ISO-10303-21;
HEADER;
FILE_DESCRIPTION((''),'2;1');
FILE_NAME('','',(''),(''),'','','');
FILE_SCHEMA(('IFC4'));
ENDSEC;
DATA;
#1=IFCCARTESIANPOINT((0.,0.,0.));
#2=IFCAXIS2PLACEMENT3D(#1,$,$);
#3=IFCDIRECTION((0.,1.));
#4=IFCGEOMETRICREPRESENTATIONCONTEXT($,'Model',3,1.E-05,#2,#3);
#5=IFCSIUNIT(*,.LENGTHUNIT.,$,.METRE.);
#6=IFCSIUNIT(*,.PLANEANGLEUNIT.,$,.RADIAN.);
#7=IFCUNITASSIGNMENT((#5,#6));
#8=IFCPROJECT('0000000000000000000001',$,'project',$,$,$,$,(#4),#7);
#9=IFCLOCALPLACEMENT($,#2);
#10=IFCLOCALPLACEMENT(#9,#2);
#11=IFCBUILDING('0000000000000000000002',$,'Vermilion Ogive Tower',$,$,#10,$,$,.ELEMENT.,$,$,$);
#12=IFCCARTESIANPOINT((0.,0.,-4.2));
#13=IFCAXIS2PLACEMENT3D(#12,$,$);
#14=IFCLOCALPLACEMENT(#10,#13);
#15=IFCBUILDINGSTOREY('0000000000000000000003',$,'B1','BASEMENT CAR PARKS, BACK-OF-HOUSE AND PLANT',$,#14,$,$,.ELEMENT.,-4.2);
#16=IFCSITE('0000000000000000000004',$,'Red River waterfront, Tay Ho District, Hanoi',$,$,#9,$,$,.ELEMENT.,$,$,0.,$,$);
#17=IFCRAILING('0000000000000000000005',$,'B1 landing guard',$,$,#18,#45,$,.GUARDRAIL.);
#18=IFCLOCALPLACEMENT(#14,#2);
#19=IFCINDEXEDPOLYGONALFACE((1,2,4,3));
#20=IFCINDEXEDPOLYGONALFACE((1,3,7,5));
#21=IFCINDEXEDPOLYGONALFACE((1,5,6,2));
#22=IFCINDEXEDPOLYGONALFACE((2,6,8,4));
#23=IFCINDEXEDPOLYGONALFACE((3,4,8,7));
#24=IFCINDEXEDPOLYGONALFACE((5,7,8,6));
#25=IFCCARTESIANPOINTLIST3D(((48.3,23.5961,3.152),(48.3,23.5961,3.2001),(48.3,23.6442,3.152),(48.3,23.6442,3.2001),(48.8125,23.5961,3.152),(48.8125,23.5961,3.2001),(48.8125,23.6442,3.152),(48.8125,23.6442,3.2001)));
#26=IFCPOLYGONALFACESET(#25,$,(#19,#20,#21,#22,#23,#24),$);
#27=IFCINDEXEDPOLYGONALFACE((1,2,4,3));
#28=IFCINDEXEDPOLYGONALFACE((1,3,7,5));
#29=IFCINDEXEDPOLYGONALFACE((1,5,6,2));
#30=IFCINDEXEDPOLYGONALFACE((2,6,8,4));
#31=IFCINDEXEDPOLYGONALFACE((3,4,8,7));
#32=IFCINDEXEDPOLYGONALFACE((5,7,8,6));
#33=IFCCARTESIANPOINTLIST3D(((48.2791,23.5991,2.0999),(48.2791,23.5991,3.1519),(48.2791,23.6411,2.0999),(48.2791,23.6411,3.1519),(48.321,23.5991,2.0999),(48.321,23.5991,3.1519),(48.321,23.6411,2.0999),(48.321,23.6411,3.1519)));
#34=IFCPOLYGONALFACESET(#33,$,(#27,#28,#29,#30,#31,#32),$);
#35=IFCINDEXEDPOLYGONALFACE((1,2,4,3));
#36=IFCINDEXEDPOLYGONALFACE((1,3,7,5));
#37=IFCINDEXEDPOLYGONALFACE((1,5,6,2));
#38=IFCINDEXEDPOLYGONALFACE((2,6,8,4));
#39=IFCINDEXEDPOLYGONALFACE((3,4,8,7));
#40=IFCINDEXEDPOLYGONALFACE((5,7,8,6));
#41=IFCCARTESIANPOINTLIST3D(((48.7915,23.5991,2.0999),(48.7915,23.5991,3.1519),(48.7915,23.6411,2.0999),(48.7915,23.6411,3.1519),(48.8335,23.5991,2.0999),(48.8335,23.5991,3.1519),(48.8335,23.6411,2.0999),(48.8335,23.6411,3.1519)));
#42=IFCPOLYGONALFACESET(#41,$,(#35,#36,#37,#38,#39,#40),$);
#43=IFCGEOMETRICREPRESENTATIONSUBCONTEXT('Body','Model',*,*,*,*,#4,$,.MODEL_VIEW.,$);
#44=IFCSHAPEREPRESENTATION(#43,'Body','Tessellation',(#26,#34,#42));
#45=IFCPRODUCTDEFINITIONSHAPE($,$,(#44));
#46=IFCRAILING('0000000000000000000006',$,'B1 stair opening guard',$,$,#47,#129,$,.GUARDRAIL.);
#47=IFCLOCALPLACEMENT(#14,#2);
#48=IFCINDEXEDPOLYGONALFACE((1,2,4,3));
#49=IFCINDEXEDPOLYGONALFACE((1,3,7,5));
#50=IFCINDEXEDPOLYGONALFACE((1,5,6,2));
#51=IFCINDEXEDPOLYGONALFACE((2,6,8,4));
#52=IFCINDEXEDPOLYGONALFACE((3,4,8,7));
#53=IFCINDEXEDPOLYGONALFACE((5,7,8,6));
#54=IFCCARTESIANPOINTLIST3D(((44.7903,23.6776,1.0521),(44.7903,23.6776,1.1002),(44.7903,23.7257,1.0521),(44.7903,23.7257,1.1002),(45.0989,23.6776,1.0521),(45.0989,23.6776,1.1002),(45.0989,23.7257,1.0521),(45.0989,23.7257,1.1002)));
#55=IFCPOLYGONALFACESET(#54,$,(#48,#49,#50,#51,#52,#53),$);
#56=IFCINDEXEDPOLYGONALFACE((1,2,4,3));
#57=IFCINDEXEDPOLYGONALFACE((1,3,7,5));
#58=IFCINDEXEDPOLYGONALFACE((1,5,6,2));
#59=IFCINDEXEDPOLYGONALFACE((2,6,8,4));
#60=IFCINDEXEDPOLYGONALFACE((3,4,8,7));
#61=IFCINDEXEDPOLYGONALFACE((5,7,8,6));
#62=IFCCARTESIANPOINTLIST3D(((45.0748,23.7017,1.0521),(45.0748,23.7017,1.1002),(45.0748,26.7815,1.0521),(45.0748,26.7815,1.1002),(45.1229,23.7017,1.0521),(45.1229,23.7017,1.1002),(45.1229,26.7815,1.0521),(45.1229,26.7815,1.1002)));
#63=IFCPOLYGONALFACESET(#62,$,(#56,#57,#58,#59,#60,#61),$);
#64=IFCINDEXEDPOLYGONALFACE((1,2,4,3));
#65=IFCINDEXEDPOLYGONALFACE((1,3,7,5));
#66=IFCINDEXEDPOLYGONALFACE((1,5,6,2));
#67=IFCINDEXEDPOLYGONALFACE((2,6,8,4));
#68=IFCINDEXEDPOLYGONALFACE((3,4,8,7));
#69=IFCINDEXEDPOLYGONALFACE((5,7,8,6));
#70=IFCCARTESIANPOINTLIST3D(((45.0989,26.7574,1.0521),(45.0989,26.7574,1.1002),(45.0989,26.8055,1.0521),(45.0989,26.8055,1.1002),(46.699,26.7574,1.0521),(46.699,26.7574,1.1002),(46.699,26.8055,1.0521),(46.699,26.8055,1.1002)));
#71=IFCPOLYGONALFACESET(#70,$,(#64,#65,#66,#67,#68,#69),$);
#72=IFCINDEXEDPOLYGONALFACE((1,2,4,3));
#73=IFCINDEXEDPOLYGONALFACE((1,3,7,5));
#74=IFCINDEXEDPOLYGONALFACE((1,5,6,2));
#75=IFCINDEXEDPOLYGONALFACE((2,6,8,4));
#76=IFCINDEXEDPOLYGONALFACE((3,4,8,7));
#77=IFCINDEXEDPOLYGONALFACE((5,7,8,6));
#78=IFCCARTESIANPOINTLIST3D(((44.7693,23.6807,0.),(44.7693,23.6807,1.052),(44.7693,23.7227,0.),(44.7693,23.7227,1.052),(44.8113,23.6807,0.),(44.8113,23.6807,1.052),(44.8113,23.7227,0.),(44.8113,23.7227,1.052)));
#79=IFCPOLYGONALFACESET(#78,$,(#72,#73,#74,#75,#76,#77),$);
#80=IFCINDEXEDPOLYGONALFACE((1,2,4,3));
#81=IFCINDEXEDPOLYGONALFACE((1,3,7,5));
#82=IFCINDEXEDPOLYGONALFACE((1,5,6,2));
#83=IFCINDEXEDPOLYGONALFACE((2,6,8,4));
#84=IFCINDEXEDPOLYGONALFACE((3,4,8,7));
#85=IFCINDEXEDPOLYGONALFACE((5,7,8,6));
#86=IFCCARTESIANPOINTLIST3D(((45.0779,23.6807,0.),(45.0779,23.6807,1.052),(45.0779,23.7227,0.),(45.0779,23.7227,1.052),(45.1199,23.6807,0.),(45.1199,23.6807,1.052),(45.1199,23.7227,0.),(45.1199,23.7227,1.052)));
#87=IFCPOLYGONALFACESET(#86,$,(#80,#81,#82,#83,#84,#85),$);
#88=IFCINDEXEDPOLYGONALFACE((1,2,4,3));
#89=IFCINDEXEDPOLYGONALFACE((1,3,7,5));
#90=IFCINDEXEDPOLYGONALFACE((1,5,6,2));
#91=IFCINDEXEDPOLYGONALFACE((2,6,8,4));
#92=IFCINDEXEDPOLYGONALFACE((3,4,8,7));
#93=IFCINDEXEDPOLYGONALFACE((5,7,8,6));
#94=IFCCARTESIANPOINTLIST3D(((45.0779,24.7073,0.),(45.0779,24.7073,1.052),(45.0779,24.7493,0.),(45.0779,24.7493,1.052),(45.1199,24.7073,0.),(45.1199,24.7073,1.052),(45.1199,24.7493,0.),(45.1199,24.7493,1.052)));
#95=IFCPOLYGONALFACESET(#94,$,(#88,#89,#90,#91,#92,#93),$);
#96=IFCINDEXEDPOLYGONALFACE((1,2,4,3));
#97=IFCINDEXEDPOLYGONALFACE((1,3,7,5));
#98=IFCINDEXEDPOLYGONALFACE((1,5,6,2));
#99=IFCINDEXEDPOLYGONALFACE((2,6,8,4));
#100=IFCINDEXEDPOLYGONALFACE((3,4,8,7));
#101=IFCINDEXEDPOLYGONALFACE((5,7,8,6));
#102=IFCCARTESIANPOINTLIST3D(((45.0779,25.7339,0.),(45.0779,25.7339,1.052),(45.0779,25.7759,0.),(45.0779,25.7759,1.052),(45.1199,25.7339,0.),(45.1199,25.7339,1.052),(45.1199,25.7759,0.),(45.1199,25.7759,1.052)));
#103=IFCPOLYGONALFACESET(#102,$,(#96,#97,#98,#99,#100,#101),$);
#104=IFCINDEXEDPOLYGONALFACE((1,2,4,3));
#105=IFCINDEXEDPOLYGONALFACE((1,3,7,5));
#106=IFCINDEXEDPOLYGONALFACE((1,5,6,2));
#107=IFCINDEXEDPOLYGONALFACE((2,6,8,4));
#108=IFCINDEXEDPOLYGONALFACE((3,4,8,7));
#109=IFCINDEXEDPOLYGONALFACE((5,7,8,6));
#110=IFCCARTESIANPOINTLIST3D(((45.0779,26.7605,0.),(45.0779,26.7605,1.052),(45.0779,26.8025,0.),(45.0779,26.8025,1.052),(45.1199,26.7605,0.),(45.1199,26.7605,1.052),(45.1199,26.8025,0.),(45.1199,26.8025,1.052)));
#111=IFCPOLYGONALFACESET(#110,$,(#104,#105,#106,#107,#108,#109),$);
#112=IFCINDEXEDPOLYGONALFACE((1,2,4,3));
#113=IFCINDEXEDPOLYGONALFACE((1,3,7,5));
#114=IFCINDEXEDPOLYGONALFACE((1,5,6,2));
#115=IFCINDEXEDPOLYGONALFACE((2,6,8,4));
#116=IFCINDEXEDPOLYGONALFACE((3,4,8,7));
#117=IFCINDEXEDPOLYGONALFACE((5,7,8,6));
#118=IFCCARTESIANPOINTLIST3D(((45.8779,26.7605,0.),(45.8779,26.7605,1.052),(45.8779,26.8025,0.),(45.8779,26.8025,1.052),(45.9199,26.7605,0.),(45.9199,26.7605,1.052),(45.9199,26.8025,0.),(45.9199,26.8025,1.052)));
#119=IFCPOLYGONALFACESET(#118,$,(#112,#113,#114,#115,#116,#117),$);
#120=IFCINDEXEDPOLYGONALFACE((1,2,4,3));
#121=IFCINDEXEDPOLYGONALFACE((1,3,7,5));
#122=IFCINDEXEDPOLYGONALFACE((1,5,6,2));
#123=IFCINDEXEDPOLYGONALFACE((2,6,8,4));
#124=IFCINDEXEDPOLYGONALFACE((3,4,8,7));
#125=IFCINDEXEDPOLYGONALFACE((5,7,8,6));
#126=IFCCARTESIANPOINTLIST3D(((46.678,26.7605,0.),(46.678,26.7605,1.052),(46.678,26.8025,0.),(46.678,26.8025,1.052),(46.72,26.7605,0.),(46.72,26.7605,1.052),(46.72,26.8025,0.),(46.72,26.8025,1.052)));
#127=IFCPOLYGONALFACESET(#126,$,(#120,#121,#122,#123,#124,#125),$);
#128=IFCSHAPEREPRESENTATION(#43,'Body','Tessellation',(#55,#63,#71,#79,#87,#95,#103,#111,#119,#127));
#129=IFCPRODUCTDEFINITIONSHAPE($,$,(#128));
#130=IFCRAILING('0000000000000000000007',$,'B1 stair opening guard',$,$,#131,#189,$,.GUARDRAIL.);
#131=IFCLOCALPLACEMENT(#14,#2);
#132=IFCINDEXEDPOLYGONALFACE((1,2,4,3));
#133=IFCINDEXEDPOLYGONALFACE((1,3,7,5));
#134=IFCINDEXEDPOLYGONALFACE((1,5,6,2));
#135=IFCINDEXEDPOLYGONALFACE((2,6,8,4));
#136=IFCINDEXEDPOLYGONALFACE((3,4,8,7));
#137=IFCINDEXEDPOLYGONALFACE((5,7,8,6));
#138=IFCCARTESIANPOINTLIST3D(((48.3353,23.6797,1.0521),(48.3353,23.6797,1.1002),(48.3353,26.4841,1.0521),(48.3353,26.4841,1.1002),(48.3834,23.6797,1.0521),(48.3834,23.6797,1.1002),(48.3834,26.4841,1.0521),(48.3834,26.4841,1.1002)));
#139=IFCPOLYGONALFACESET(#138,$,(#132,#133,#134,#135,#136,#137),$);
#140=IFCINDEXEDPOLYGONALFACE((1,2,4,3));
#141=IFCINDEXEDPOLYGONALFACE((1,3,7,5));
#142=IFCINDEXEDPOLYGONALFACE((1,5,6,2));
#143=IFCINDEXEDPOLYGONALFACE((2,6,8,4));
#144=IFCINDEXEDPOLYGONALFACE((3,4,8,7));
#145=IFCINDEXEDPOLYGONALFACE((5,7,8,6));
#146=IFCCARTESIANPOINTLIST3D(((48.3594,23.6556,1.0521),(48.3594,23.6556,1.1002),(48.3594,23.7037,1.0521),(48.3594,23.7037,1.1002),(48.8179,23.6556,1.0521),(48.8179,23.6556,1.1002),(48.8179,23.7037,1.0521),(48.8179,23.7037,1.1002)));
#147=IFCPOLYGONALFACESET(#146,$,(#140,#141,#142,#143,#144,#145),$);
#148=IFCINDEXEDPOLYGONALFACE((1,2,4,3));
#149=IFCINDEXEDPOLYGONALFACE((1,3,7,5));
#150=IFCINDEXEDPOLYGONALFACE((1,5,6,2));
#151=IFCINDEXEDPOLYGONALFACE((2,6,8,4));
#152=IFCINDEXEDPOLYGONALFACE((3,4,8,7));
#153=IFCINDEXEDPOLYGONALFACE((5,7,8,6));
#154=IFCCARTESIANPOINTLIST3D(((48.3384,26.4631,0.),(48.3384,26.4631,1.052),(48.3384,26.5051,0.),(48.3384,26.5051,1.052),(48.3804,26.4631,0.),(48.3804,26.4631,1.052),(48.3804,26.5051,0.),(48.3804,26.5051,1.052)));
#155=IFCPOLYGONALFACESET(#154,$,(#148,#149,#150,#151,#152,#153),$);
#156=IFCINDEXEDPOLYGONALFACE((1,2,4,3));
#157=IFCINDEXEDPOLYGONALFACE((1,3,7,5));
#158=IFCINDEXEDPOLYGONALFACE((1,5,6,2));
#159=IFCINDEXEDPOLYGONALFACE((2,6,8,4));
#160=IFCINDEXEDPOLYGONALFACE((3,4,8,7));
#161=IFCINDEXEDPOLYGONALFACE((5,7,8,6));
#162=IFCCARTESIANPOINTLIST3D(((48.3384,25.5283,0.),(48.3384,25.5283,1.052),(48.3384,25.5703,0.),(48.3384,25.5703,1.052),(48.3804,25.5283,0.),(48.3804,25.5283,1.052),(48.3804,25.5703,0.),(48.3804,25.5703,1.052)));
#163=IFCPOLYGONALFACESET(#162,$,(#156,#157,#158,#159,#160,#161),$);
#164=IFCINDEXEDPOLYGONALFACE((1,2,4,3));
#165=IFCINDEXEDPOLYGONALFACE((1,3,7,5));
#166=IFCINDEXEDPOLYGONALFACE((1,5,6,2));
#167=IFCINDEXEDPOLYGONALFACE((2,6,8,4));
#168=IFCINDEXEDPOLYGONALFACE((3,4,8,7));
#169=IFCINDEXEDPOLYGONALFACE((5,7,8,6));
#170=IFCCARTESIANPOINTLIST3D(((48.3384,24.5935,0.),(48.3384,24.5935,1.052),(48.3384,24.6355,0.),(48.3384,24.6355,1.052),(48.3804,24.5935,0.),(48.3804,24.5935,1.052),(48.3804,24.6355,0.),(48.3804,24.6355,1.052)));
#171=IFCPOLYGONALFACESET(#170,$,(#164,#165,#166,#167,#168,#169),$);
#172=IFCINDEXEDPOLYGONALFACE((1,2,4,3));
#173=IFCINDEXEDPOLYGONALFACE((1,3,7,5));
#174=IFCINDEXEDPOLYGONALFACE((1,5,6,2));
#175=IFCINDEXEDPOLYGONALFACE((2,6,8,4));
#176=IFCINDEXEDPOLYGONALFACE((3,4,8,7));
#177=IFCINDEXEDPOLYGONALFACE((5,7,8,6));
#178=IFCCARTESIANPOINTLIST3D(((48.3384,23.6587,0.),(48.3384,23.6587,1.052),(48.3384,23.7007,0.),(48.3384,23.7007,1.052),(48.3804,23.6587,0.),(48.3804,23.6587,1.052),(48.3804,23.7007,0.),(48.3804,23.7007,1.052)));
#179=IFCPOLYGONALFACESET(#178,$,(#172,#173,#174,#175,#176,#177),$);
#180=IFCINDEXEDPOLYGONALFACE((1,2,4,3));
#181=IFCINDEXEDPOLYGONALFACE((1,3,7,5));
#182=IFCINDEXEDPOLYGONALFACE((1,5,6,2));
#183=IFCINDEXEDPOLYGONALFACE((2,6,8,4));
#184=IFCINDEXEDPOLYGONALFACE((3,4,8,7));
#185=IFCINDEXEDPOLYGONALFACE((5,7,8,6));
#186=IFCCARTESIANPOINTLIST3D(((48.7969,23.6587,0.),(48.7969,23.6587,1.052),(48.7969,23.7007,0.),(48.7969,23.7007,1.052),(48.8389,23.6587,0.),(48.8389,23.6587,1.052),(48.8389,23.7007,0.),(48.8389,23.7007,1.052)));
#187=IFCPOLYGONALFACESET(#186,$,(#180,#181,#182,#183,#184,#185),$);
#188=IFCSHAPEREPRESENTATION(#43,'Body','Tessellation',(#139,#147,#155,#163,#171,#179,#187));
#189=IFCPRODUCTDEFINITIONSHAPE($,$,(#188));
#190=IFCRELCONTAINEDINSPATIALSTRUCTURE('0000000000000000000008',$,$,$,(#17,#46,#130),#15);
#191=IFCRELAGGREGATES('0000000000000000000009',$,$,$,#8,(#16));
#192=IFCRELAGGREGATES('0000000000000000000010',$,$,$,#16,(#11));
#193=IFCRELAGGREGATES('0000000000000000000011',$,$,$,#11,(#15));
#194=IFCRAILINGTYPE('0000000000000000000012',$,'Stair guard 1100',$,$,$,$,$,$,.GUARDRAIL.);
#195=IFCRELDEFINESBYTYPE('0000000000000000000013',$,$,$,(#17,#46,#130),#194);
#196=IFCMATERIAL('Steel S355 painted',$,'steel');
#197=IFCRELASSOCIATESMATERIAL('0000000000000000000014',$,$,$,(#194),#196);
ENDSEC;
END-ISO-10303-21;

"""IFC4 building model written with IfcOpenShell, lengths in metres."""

from ifc_helpers import new_model, si_unit, direction, frame, origin, origin_2d, place, context, subcontext, project, spatial, rectangle, extrude, material, type_object, element, save


model = new_model("IFC4")

# Units and contexts
model_context = context("Model", 3, precision=1e-05, world=origin(), true_north=direction((0.0, 1.0)))
body_context = subcontext(model_context, "Body", "Model", "MODEL_VIEW")
ifc_project = project(units=[si_unit("LENGTHUNIT", "METRE"), si_unit("PLANEANGLEUNIT", "RADIAN")], contexts=[model_context])

# Site, building, storey
site_placement = place(None, origin())
site = spatial("IfcSite", under=ifc_project, at=site_placement, Name="Red River waterfront, Tay Ho District, Hanoi", CompositionType="ELEMENT", RefElevation=0.0)
building_placement = place(site_placement, origin())
building = spatial("IfcBuilding", under=site, at=building_placement, Name="Vermilion Ogive Tower", CompositionType="ELEMENT")
storey_placement = place(building_placement, frame((0.0, 0.0, -4.2)))
storey = spatial("IfcBuildingStorey", under=building, at=storey_placement, Name="B1", Description="BASEMENT CAR PARKS, BACK-OF-HOUSE AND PLANT", CompositionType="ELEMENT", Elevation=-4.2)

# Railings
ifc_material_1 = material(Name="Steel S355 painted", Category="steel")
railing_type_1 = type_object("IfcRailingType", Name="Stair guard 1100", PredefinedType="GUARDRAIL", material=ifc_material_1)
railing_1_placement = place(storey_placement, frame((48.3, 23.6201, 2.0999)))
element("IfcRailing", 1, at=railing_1_placement, inside=storey, type_object=railing_type_1, Name="B1 landing guard", PredefinedType="GUARDRAIL", context=body_context, shape_type="SweptSolid", body=[
    extrude(rectangle(XDim=0.0481, YDim=0.0481, at=origin_2d()), frame((0.0, 0.0, 1.0762), z_axis=(1.0, 0.0, 0.0), x_axis=(0.0, 1.0, 0.0)), (0.0, 0.0, 1.0), 0.5125),
    extrude(rectangle(XDim=0.042, YDim=0.042, at=origin_2d()), origin(), (0.0, 0.0, 1.0), 1.052),
    extrude(rectangle(XDim=0.042, YDim=0.042, at=origin_2d()), frame((0.5125, 0.0, 0.0)), (0.0, 0.0, 1.0), 1.052),
])
railing_2_placement = place(storey_placement, frame((44.7903, 23.7017, 0.0)))
element("IfcRailing", 2, at=railing_2_placement, inside=storey, type_object=railing_type_1, Name="B1 stair opening guard", PredefinedType="GUARDRAIL", context=body_context, shape_type="SweptSolid", body=[
    extrude(rectangle(XDim=0.0481, YDim=0.0481, at=origin_2d()), frame((0.0, 0.0, 1.0762), z_axis=(1.0, 0.0, 0.0), x_axis=(0.0, 1.0, 0.0)), (0.0, 0.0, 1.0), 0.3086),
    extrude(rectangle(XDim=0.0481, YDim=0.0481, at=origin_2d()), frame((0.3086, 0.0, 1.0762), z_axis=(0.0, 1.0, 0.0), x_axis=(-1.0, 0.0, 0.0)), (0.0, 0.0, 1.0), 3.0798),
    extrude(rectangle(XDim=0.0481, YDim=0.0481, at=origin_2d()), frame((0.3086, 3.0798, 1.0762), z_axis=(1.0, 0.0, 0.0), x_axis=(0.0, 1.0, 0.0)), (0.0, 0.0, 1.0), 1.6001),
    extrude(rectangle(XDim=0.042, YDim=0.042, at=origin_2d()), origin(), (0.0, 0.0, 1.0), 1.052),
    extrude(rectangle(XDim=0.042, YDim=0.042, at=origin_2d()), frame((0.3086, 0.0, 0.0)), (0.0, 0.0, 1.0), 1.052),
    extrude(rectangle(XDim=0.042, YDim=0.042, at=origin_2d()), frame((0.3086, 1.0266, 0.0)), (0.0, 0.0, 1.0), 1.052),
    extrude(rectangle(XDim=0.042, YDim=0.042, at=origin_2d()), frame((0.3086, 2.0532, 0.0)), (0.0, 0.0, 1.0), 1.052),
    extrude(rectangle(XDim=0.042, YDim=0.042, at=origin_2d()), frame((0.3086, 3.0798, 0.0)), (0.0, 0.0, 1.0), 1.052),
    extrude(rectangle(XDim=0.042, YDim=0.042, at=origin_2d()), frame((1.1086, 3.0798, 0.0)), (0.0, 0.0, 1.0), 1.052),
    extrude(rectangle(XDim=0.042, YDim=0.042, at=origin_2d()), frame((1.9087, 3.0798, 0.0)), (0.0, 0.0, 1.0), 1.052),
])
railing_3_placement = place(storey_placement, frame((48.3594, 26.4841, 0.0)))
element("IfcRailing", 3, at=railing_3_placement, inside=storey, type_object=railing_type_1, Name="B1 stair opening guard", PredefinedType="GUARDRAIL", context=body_context, shape_type="SweptSolid", body=[
    extrude(rectangle(XDim=0.0481, YDim=0.0481, at=origin_2d()), frame((0.0, 0.0, 1.0762), z_axis=(0.0, -1.0, 0.0), x_axis=(1.0, 0.0, 0.0)), (0.0, 0.0, 1.0), 2.8044),
    extrude(rectangle(XDim=0.0481, YDim=0.0481, at=origin_2d()), frame((0.0, -2.8044, 1.0762), z_axis=(1.0, 0.0, 0.0), x_axis=(0.0, 1.0, 0.0)), (0.0, 0.0, 1.0), 0.4585),
    extrude(rectangle(XDim=0.042, YDim=0.042, at=origin_2d()), origin(), (0.0, 0.0, 1.0), 1.052),
    extrude(rectangle(XDim=0.042, YDim=0.042, at=origin_2d()), frame((0.0, -0.9348, 0.0)), (0.0, 0.0, 1.0), 1.052),
    extrude(rectangle(XDim=0.042, YDim=0.042, at=origin_2d()), frame((0.0, -1.8696, 0.0)), (0.0, 0.0, 1.0), 1.052),
    extrude(rectangle(XDim=0.042, YDim=0.042, at=origin_2d()), frame((0.0, -2.8044, 0.0)), (0.0, 0.0, 1.0), 1.052),
    extrude(rectangle(XDim=0.042, YDim=0.042, at=origin_2d()), frame((0.4585, -2.8044, 0.0)), (0.0, 0.0, 1.0), 1.052),
])

save(model, "model.ifc")
